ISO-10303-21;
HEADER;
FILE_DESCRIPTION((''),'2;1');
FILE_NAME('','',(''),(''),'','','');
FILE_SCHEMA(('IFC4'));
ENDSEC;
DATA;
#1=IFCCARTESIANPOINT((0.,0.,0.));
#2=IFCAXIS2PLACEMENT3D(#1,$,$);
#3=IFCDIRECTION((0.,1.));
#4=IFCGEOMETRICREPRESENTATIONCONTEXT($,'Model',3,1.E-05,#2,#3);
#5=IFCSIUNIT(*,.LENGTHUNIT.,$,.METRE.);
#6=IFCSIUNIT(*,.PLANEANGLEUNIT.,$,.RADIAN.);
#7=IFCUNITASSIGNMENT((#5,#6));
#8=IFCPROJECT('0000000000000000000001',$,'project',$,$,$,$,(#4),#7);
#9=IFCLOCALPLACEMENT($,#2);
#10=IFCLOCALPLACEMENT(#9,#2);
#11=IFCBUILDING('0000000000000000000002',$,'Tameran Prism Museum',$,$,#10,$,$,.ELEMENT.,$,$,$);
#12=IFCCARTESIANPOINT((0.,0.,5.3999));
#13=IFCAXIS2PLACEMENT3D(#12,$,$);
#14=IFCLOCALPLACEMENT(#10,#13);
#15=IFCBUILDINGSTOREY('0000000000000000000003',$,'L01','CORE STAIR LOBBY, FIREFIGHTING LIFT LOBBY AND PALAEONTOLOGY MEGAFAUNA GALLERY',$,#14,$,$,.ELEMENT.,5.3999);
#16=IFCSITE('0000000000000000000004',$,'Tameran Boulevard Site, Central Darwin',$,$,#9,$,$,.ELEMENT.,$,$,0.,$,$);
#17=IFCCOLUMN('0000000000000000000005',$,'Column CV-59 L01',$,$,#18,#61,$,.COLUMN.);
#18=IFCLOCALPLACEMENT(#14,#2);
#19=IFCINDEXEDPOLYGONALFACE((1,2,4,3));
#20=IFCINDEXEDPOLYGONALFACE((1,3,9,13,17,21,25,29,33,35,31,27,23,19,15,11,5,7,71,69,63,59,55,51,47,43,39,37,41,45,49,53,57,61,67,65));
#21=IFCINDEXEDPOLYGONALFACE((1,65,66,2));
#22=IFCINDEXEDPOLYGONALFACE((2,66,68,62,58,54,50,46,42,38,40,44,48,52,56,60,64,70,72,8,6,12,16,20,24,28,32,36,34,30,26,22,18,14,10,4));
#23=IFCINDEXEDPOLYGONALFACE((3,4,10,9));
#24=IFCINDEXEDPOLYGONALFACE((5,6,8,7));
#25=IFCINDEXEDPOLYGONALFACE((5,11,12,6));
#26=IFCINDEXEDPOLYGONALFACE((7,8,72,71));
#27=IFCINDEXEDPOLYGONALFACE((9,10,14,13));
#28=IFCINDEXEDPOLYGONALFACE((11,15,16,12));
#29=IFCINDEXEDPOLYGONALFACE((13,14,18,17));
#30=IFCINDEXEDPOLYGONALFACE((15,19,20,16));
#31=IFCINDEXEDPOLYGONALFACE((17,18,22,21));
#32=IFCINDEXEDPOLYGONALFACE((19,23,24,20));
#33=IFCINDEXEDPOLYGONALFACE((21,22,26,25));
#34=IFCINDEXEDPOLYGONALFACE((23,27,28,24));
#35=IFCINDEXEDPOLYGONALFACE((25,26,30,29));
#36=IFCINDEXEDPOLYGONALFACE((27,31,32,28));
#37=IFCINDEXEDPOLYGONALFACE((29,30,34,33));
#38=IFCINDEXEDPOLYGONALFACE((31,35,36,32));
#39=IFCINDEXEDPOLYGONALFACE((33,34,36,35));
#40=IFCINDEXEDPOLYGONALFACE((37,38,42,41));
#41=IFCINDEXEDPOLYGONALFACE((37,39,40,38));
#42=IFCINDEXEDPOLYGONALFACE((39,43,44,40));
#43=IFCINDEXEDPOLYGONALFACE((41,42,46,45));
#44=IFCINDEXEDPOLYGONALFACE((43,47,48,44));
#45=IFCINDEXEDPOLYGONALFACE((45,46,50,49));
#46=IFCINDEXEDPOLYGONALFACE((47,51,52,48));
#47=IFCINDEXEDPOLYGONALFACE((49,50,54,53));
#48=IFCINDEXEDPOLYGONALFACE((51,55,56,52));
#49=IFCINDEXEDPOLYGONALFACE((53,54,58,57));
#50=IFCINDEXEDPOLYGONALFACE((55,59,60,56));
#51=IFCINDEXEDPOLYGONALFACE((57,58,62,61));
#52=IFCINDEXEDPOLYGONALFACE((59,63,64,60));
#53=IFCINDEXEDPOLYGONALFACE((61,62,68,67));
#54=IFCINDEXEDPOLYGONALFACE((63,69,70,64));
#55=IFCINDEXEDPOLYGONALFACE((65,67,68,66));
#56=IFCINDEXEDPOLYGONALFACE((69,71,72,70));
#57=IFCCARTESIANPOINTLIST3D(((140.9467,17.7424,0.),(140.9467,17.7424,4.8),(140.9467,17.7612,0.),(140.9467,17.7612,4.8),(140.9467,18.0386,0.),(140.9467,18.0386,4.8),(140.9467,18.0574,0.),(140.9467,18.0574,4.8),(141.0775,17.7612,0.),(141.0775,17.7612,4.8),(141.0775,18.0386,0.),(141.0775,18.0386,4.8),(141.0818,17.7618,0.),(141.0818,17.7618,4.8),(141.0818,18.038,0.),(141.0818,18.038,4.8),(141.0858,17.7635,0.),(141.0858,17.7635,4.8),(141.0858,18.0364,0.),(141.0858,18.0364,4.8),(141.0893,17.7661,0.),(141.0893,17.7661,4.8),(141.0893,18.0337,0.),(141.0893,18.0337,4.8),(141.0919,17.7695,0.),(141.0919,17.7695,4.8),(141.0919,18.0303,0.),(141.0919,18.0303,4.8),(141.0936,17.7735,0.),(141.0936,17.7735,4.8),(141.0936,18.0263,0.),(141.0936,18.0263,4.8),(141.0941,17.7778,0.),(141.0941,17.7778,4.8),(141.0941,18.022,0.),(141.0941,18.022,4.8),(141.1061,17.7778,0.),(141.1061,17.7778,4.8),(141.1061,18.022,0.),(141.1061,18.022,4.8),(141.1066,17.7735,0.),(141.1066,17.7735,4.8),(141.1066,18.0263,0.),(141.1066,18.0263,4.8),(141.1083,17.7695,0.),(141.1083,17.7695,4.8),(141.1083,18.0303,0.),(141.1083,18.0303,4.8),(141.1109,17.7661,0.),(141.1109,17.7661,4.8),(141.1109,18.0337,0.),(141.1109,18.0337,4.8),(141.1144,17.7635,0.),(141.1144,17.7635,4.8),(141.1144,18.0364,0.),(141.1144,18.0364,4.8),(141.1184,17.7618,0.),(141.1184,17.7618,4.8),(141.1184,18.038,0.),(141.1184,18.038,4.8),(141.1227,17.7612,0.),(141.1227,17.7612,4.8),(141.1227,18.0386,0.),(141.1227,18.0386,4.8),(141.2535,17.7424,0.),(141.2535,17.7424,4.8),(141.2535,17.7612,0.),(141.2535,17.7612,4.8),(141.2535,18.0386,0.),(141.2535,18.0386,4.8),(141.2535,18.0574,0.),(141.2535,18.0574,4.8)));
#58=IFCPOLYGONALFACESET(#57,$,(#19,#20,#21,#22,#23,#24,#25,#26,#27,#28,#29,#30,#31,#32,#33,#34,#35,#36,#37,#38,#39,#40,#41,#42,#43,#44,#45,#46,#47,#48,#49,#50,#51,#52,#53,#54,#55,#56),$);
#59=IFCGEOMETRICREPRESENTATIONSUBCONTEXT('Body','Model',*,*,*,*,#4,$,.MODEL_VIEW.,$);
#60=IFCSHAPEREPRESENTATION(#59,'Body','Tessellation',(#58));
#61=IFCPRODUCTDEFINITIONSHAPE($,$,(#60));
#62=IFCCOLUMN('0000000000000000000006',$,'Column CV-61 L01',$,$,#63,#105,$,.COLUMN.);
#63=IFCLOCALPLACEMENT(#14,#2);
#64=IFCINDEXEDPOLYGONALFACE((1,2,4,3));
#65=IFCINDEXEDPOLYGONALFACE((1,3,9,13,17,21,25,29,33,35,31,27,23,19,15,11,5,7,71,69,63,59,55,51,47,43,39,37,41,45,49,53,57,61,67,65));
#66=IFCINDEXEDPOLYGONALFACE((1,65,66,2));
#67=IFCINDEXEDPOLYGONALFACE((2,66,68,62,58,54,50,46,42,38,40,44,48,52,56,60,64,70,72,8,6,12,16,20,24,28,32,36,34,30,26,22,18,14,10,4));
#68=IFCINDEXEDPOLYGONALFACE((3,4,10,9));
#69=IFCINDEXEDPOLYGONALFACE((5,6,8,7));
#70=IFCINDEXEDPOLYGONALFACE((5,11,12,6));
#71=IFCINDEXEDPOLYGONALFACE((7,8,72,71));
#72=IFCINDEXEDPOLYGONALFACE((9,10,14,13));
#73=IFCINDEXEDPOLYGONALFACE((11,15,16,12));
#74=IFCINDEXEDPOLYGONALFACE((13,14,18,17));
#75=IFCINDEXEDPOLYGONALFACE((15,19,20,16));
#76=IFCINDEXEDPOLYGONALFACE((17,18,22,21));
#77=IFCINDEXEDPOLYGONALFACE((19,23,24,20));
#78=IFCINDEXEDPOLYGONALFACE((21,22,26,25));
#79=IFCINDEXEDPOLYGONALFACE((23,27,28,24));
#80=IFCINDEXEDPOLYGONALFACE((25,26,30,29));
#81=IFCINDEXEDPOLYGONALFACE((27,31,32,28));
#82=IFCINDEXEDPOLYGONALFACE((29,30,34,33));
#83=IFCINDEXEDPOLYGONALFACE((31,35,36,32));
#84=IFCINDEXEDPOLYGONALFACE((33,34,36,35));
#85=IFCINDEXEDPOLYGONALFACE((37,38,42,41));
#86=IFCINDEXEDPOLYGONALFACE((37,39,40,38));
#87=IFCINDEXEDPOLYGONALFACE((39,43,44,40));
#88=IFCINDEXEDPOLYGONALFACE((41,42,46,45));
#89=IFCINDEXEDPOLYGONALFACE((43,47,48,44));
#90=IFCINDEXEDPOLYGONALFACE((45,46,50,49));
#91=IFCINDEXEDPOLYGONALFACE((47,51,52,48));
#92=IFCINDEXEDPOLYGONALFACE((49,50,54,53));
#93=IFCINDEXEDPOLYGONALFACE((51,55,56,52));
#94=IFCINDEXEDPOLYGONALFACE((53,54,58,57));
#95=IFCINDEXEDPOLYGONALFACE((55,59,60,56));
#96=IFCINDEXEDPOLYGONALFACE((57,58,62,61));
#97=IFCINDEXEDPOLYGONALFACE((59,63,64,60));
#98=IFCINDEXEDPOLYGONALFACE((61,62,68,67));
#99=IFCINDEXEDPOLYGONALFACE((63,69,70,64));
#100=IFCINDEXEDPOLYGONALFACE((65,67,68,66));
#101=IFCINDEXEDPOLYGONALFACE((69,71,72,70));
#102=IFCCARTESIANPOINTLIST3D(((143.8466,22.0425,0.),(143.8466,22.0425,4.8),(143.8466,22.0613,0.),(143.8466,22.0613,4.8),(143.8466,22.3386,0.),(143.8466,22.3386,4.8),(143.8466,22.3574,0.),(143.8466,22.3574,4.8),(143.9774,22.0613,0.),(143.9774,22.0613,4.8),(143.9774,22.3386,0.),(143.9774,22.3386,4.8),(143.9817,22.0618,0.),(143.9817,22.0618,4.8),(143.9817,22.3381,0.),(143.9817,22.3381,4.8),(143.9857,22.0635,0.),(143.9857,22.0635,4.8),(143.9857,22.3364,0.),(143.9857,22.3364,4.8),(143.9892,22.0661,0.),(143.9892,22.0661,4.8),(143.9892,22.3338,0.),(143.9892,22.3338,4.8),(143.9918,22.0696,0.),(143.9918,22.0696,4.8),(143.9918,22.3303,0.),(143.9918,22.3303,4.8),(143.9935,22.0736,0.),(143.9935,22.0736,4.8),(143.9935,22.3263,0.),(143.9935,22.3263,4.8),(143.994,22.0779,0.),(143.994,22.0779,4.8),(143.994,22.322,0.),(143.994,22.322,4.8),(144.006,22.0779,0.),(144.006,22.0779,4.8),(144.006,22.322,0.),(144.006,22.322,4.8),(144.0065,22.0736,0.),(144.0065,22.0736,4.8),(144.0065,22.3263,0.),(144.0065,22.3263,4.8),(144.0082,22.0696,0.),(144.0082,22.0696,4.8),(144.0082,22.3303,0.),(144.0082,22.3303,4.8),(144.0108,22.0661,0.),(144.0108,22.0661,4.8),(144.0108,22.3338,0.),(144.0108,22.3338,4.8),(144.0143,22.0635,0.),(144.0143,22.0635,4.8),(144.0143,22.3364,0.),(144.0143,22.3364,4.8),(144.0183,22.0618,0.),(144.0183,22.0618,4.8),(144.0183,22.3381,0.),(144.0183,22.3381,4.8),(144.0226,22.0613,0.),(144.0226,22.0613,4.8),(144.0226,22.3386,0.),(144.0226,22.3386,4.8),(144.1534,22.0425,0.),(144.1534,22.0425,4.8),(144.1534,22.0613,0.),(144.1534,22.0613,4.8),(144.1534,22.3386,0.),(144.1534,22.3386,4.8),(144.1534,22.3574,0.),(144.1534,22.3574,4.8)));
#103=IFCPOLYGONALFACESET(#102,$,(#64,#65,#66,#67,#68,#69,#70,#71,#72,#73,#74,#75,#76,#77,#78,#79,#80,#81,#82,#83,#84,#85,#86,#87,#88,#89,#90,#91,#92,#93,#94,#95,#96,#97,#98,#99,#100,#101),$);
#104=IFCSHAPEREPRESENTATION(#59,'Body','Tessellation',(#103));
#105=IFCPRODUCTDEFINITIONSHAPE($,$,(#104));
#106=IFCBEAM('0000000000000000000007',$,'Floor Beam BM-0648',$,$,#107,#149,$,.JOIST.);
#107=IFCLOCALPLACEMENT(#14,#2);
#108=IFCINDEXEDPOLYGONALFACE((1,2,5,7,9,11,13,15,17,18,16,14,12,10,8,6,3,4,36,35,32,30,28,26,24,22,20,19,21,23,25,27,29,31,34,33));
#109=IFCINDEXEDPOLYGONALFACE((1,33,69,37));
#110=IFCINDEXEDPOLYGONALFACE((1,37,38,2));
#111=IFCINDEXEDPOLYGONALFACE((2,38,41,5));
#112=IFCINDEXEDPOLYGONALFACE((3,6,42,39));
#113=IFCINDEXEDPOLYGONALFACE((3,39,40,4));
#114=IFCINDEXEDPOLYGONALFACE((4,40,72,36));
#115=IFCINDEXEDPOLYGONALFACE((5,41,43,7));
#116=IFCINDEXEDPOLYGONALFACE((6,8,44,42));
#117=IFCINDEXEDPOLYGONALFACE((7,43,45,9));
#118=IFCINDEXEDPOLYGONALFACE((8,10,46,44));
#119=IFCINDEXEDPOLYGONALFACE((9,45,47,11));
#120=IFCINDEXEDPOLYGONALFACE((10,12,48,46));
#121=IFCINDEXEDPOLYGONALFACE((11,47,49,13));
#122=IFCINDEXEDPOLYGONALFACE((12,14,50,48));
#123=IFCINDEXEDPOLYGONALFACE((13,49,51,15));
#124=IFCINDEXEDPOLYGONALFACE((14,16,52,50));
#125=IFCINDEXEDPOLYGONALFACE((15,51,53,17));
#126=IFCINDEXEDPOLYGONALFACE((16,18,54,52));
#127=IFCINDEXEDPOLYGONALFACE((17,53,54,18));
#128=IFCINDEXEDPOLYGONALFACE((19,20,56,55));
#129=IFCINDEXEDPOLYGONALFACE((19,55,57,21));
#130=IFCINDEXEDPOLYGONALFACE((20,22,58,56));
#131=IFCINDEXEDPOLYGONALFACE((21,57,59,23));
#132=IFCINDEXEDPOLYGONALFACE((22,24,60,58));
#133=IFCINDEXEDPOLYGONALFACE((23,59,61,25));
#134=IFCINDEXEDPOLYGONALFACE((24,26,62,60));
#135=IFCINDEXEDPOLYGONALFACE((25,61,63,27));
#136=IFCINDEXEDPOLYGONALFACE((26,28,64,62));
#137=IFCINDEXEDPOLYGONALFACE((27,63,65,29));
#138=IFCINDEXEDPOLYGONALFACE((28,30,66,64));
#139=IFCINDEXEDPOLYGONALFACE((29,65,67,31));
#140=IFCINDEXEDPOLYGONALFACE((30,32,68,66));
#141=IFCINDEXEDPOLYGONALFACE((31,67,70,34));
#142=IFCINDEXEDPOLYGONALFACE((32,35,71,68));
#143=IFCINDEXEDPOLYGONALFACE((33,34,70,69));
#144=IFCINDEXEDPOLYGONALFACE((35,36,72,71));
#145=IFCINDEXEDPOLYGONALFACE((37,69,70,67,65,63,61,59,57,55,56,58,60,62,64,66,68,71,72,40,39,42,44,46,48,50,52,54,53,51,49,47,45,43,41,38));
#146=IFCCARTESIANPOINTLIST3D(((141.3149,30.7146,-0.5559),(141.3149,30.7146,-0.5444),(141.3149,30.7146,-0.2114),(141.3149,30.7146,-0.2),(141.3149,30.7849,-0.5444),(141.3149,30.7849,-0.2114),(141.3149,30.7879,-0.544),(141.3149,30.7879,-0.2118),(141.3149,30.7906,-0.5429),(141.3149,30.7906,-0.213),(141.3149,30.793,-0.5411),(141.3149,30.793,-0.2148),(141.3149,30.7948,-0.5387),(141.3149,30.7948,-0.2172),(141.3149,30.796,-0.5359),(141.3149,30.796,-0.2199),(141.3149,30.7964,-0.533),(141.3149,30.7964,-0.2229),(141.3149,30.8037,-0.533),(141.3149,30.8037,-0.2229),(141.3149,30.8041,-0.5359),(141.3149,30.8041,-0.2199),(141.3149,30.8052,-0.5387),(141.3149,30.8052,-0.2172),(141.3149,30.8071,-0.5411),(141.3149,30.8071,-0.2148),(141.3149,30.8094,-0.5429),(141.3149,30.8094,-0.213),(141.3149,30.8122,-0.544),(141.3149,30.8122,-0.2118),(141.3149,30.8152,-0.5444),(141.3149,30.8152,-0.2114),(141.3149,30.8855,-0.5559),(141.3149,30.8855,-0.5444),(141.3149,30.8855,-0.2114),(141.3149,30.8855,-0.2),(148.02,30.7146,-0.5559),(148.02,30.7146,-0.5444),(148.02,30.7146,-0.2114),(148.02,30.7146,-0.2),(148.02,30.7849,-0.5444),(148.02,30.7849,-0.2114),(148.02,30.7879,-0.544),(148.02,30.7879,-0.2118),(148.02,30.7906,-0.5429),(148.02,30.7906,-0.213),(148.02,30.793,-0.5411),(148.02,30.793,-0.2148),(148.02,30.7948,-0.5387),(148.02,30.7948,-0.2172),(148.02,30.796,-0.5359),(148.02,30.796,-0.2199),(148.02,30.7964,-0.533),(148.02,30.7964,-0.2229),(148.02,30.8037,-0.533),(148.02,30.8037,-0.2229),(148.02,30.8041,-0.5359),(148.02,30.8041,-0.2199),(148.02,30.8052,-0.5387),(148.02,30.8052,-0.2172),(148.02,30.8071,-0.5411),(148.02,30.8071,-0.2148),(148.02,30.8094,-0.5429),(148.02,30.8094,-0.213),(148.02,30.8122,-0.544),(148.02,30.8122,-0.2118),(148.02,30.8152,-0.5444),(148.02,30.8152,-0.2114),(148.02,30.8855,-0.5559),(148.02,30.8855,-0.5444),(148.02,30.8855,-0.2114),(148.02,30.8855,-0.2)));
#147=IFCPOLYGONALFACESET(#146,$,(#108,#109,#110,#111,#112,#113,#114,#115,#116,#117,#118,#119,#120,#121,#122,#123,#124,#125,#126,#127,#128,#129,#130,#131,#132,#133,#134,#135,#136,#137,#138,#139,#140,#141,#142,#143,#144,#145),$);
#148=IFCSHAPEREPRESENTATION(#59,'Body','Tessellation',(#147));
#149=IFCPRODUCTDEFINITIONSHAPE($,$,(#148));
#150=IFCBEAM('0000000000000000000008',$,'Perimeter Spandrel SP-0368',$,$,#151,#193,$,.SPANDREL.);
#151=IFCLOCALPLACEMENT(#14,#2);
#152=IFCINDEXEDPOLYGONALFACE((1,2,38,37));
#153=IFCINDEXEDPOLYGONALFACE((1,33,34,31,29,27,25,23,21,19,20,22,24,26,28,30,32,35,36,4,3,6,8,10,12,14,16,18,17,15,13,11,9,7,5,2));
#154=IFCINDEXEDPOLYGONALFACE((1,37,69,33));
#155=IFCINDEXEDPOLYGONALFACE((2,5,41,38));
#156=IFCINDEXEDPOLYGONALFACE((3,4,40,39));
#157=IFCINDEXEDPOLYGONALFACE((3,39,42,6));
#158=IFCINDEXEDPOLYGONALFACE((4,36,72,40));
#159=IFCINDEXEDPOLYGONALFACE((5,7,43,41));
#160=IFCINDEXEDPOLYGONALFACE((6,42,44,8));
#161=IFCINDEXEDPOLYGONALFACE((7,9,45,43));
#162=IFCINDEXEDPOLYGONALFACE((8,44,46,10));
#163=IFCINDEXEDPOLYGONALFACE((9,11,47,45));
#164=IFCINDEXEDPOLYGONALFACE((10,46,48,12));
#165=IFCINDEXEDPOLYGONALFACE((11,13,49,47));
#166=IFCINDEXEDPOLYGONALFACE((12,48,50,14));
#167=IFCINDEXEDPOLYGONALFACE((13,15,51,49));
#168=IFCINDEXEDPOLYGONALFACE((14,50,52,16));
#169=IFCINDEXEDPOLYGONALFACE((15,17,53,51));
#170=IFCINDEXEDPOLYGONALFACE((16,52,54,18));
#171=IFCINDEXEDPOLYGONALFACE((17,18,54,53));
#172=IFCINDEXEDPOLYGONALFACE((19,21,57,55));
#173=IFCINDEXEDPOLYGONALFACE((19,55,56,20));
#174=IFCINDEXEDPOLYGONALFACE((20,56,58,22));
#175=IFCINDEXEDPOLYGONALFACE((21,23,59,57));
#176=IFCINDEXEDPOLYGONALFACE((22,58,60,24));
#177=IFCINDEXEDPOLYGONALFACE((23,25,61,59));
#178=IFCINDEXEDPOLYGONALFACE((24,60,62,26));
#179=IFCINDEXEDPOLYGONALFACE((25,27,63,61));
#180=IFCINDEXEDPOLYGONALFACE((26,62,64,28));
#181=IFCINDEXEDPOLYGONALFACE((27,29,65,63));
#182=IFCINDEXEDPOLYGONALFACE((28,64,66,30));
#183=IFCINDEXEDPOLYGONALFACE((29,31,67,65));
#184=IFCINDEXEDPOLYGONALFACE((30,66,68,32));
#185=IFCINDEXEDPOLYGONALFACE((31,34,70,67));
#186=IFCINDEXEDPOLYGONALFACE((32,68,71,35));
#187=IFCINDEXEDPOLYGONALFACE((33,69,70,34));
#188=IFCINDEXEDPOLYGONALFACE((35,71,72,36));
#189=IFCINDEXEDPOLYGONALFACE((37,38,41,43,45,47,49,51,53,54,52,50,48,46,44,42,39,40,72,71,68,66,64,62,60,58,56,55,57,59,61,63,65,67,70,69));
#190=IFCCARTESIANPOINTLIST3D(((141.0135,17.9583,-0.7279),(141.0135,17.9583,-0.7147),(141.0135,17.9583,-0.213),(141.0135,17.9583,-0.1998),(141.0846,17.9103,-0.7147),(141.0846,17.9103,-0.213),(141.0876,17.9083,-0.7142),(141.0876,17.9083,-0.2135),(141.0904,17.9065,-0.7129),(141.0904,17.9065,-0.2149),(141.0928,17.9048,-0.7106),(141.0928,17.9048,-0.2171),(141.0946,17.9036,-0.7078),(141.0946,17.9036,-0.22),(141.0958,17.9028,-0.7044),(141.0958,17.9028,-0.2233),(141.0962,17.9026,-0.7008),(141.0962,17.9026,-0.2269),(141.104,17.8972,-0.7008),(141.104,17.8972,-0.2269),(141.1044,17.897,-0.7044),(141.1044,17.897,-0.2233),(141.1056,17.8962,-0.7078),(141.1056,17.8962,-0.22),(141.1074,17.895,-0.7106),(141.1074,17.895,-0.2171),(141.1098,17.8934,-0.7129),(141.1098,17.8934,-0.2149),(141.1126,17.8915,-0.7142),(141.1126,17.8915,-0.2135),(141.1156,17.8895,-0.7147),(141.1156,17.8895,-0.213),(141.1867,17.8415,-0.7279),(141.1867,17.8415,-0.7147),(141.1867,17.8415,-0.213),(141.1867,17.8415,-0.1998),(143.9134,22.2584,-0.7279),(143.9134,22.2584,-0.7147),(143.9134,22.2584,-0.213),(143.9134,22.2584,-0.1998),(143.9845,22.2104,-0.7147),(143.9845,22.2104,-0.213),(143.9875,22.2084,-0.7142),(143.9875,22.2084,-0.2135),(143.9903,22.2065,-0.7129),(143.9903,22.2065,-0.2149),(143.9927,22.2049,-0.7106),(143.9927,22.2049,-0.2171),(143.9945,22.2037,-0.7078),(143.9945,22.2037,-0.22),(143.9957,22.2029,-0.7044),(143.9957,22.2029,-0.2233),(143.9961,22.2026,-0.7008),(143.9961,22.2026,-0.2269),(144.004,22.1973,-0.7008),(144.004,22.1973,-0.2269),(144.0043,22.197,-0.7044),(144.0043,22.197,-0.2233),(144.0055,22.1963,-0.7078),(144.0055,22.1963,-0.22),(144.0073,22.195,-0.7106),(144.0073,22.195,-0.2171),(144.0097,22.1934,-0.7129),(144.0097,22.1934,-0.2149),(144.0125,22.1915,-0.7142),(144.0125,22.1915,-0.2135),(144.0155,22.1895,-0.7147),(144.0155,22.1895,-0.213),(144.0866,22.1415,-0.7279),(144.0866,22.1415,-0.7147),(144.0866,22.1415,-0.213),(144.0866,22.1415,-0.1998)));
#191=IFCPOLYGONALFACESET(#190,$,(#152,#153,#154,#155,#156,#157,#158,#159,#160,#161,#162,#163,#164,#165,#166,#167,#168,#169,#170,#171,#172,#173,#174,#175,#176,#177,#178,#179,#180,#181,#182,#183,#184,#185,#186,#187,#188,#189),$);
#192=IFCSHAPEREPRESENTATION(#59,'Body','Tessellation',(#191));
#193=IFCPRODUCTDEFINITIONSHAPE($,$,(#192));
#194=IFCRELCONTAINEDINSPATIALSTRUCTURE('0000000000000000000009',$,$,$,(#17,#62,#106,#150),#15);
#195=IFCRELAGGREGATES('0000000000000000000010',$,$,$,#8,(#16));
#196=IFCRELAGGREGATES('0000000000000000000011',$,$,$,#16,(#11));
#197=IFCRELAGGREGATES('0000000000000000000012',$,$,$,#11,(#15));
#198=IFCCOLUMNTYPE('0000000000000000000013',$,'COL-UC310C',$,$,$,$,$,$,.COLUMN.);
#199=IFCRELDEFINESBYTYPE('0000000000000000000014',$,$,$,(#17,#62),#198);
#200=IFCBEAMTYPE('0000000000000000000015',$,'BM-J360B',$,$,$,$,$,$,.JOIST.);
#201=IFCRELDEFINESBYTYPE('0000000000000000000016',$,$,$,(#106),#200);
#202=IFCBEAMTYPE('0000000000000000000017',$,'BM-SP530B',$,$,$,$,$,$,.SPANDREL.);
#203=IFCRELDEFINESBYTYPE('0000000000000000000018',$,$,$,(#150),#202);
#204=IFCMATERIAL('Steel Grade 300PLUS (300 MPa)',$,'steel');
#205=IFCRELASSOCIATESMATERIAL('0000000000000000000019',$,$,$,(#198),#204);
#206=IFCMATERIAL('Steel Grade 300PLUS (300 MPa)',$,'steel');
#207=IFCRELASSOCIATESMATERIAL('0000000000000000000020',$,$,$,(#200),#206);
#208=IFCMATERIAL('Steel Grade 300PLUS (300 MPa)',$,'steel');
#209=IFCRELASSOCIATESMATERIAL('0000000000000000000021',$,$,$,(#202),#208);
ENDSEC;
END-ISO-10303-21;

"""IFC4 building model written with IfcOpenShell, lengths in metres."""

from ifc_helpers import new_model, si_unit, direction, frame, origin, origin_2d, place, context, subcontext, project, spatial, i_section, extrude, material, material_profile, profile_set, type_object, element, save


model = new_model("IFC4")

# Units and contexts
model_context = context("Model", 3, precision=1e-05, world=origin(), true_north=direction((0.0, 1.0)))
body_context = subcontext(model_context, "Body", "Model", "MODEL_VIEW")
ifc_project = project(units=[si_unit("LENGTHUNIT", "METRE"), si_unit("PLANEANGLEUNIT", "RADIAN")], contexts=[model_context])

# Site, building, storey
site_placement = place(None, origin())
site = spatial("IfcSite", under=ifc_project, at=site_placement, Name="Tameran Boulevard Site, Central Darwin", CompositionType="ELEMENT", RefElevation=0.0)
building_placement = place(site_placement, origin())
building = spatial("IfcBuilding", under=site, at=building_placement, Name="Tameran Prism Museum", CompositionType="ELEMENT")
storey_placement = place(building_placement, frame((0.0, 0.0, 5.3999)))
storey = spatial("IfcBuildingStorey", under=building, at=storey_placement, Name="L01", Description="CORE STAIR LOBBY, FIREFIGHTING LIFT LOBBY AND PALAEONTOLOGY MEGAFAUNA GALLERY", CompositionType="ELEMENT", Elevation=5.3999)

# Columns
ifc_material_1 = material(Name="Steel Grade 300PLUS (300 MPa)", Category="steel")
ifc_material_profile_1 = material_profile(ifc_material_1, i_section(OverallWidth=0.3069, OverallDepth=0.3149, WebThickness=0.012, FlangeThickness=0.0188, FilletRadius=0.0166, at=origin_2d()))
ifc_profile_set_1 = profile_set([ifc_material_profile_1])
column_type = type_object("IfcColumnType", Name="COL-UC310C", PredefinedType="COLUMN", material=ifc_profile_set_1)
for number, where, z_axis, x_axis, name in (
    (1, (141.1001, 17.8999, 0.0), (0.0, 0.0, 1.0), (1.0, 0.0, 0.0), "Column CV-59 L01"),
    (2, (144.0, 22.2, 0.0), (0.0, 0.0, 1.0), (1.0, 0.0, 0.0), "Column CV-61 L01"),
):
    element("IfcColumn", number, at=place(storey_placement, frame(where, z_axis=z_axis, x_axis=x_axis)), inside=storey, type_object=column_type, Name=name, PredefinedType="COLUMN", context=body_context, shape_type="SweptSolid", body=[
        extrude(i_section(OverallWidth=0.3069, OverallDepth=0.3149, WebThickness=0.012, FlangeThickness=0.0188, FilletRadius=0.0166, at=origin_2d()), origin(), (0.0, 0.0, 1.0), 4.8),
    ])

# Beams
ifc_material_2 = material(Name="Steel Grade 300PLUS (300 MPa)", Category="steel")
ifc_material_profile_2 = material_profile(ifc_material_2, i_section(OverallWidth=0.1709, OverallDepth=0.356, WebThickness=0.0073, FlangeThickness=0.0115, FilletRadius=0.0115, at=origin_2d()))
ifc_profile_set_2 = profile_set([ifc_material_profile_2])
beam_type_1 = type_object("IfcBeamType", Name="BM-J360B", PredefinedType="JOIST", material=ifc_profile_set_2)
beam_1_placement = place(storey_placement, frame((141.3149, 30.8, -0.3779), z_axis=(1.0, 0.0, 0.0), x_axis=(0.0, 1.0, 0.0)))
element("IfcBeam", 3, at=beam_1_placement, inside=storey, type_object=beam_type_1, Name="Floor Beam BM-0648", PredefinedType="JOIST", context=body_context, shape_type="SweptSolid", body=[
    extrude(i_section(OverallWidth=0.1709, OverallDepth=0.356, WebThickness=0.0073, FlangeThickness=0.0115, FilletRadius=0.0115, at=origin_2d()), origin(), (0.0, 0.0, 1.0), 6.7051),
])
ifc_material_3 = material(Name="Steel Grade 300PLUS (300 MPa)", Category="steel")
ifc_material_profile_3 = material_profile(ifc_material_3, i_section(OverallWidth=0.209, OverallDepth=0.5281, WebThickness=0.0095, FlangeThickness=0.0132, FilletRadius=0.0139, at=origin_2d()))
ifc_profile_set_3 = profile_set([ifc_material_profile_3])
beam_type_2 = type_object("IfcBeamType", Name="BM-SP530B", PredefinedType="SPANDREL", material=ifc_profile_set_3)
beam_2_placement = place(storey_placement, frame((141.1001, 17.8999, -0.4639), z_axis=(0.559124, 0.829084, 0.0), x_axis=(-0.829084, 0.559124, 0.0)))
element("IfcBeam", 4, at=beam_2_placement, inside=storey, type_object=beam_type_2, Name="Perimeter Spandrel SP-0368", PredefinedType="SPANDREL", context=body_context, shape_type="SweptSolid", body=[
    extrude(i_section(OverallWidth=0.209, OverallDepth=0.5281, WebThickness=0.0095, FlangeThickness=0.0132, FilletRadius=0.0139, at=origin_2d()), origin(), (0.0, 0.0, 1.0), 5.1865),
])

save(model, "model.ifc")
